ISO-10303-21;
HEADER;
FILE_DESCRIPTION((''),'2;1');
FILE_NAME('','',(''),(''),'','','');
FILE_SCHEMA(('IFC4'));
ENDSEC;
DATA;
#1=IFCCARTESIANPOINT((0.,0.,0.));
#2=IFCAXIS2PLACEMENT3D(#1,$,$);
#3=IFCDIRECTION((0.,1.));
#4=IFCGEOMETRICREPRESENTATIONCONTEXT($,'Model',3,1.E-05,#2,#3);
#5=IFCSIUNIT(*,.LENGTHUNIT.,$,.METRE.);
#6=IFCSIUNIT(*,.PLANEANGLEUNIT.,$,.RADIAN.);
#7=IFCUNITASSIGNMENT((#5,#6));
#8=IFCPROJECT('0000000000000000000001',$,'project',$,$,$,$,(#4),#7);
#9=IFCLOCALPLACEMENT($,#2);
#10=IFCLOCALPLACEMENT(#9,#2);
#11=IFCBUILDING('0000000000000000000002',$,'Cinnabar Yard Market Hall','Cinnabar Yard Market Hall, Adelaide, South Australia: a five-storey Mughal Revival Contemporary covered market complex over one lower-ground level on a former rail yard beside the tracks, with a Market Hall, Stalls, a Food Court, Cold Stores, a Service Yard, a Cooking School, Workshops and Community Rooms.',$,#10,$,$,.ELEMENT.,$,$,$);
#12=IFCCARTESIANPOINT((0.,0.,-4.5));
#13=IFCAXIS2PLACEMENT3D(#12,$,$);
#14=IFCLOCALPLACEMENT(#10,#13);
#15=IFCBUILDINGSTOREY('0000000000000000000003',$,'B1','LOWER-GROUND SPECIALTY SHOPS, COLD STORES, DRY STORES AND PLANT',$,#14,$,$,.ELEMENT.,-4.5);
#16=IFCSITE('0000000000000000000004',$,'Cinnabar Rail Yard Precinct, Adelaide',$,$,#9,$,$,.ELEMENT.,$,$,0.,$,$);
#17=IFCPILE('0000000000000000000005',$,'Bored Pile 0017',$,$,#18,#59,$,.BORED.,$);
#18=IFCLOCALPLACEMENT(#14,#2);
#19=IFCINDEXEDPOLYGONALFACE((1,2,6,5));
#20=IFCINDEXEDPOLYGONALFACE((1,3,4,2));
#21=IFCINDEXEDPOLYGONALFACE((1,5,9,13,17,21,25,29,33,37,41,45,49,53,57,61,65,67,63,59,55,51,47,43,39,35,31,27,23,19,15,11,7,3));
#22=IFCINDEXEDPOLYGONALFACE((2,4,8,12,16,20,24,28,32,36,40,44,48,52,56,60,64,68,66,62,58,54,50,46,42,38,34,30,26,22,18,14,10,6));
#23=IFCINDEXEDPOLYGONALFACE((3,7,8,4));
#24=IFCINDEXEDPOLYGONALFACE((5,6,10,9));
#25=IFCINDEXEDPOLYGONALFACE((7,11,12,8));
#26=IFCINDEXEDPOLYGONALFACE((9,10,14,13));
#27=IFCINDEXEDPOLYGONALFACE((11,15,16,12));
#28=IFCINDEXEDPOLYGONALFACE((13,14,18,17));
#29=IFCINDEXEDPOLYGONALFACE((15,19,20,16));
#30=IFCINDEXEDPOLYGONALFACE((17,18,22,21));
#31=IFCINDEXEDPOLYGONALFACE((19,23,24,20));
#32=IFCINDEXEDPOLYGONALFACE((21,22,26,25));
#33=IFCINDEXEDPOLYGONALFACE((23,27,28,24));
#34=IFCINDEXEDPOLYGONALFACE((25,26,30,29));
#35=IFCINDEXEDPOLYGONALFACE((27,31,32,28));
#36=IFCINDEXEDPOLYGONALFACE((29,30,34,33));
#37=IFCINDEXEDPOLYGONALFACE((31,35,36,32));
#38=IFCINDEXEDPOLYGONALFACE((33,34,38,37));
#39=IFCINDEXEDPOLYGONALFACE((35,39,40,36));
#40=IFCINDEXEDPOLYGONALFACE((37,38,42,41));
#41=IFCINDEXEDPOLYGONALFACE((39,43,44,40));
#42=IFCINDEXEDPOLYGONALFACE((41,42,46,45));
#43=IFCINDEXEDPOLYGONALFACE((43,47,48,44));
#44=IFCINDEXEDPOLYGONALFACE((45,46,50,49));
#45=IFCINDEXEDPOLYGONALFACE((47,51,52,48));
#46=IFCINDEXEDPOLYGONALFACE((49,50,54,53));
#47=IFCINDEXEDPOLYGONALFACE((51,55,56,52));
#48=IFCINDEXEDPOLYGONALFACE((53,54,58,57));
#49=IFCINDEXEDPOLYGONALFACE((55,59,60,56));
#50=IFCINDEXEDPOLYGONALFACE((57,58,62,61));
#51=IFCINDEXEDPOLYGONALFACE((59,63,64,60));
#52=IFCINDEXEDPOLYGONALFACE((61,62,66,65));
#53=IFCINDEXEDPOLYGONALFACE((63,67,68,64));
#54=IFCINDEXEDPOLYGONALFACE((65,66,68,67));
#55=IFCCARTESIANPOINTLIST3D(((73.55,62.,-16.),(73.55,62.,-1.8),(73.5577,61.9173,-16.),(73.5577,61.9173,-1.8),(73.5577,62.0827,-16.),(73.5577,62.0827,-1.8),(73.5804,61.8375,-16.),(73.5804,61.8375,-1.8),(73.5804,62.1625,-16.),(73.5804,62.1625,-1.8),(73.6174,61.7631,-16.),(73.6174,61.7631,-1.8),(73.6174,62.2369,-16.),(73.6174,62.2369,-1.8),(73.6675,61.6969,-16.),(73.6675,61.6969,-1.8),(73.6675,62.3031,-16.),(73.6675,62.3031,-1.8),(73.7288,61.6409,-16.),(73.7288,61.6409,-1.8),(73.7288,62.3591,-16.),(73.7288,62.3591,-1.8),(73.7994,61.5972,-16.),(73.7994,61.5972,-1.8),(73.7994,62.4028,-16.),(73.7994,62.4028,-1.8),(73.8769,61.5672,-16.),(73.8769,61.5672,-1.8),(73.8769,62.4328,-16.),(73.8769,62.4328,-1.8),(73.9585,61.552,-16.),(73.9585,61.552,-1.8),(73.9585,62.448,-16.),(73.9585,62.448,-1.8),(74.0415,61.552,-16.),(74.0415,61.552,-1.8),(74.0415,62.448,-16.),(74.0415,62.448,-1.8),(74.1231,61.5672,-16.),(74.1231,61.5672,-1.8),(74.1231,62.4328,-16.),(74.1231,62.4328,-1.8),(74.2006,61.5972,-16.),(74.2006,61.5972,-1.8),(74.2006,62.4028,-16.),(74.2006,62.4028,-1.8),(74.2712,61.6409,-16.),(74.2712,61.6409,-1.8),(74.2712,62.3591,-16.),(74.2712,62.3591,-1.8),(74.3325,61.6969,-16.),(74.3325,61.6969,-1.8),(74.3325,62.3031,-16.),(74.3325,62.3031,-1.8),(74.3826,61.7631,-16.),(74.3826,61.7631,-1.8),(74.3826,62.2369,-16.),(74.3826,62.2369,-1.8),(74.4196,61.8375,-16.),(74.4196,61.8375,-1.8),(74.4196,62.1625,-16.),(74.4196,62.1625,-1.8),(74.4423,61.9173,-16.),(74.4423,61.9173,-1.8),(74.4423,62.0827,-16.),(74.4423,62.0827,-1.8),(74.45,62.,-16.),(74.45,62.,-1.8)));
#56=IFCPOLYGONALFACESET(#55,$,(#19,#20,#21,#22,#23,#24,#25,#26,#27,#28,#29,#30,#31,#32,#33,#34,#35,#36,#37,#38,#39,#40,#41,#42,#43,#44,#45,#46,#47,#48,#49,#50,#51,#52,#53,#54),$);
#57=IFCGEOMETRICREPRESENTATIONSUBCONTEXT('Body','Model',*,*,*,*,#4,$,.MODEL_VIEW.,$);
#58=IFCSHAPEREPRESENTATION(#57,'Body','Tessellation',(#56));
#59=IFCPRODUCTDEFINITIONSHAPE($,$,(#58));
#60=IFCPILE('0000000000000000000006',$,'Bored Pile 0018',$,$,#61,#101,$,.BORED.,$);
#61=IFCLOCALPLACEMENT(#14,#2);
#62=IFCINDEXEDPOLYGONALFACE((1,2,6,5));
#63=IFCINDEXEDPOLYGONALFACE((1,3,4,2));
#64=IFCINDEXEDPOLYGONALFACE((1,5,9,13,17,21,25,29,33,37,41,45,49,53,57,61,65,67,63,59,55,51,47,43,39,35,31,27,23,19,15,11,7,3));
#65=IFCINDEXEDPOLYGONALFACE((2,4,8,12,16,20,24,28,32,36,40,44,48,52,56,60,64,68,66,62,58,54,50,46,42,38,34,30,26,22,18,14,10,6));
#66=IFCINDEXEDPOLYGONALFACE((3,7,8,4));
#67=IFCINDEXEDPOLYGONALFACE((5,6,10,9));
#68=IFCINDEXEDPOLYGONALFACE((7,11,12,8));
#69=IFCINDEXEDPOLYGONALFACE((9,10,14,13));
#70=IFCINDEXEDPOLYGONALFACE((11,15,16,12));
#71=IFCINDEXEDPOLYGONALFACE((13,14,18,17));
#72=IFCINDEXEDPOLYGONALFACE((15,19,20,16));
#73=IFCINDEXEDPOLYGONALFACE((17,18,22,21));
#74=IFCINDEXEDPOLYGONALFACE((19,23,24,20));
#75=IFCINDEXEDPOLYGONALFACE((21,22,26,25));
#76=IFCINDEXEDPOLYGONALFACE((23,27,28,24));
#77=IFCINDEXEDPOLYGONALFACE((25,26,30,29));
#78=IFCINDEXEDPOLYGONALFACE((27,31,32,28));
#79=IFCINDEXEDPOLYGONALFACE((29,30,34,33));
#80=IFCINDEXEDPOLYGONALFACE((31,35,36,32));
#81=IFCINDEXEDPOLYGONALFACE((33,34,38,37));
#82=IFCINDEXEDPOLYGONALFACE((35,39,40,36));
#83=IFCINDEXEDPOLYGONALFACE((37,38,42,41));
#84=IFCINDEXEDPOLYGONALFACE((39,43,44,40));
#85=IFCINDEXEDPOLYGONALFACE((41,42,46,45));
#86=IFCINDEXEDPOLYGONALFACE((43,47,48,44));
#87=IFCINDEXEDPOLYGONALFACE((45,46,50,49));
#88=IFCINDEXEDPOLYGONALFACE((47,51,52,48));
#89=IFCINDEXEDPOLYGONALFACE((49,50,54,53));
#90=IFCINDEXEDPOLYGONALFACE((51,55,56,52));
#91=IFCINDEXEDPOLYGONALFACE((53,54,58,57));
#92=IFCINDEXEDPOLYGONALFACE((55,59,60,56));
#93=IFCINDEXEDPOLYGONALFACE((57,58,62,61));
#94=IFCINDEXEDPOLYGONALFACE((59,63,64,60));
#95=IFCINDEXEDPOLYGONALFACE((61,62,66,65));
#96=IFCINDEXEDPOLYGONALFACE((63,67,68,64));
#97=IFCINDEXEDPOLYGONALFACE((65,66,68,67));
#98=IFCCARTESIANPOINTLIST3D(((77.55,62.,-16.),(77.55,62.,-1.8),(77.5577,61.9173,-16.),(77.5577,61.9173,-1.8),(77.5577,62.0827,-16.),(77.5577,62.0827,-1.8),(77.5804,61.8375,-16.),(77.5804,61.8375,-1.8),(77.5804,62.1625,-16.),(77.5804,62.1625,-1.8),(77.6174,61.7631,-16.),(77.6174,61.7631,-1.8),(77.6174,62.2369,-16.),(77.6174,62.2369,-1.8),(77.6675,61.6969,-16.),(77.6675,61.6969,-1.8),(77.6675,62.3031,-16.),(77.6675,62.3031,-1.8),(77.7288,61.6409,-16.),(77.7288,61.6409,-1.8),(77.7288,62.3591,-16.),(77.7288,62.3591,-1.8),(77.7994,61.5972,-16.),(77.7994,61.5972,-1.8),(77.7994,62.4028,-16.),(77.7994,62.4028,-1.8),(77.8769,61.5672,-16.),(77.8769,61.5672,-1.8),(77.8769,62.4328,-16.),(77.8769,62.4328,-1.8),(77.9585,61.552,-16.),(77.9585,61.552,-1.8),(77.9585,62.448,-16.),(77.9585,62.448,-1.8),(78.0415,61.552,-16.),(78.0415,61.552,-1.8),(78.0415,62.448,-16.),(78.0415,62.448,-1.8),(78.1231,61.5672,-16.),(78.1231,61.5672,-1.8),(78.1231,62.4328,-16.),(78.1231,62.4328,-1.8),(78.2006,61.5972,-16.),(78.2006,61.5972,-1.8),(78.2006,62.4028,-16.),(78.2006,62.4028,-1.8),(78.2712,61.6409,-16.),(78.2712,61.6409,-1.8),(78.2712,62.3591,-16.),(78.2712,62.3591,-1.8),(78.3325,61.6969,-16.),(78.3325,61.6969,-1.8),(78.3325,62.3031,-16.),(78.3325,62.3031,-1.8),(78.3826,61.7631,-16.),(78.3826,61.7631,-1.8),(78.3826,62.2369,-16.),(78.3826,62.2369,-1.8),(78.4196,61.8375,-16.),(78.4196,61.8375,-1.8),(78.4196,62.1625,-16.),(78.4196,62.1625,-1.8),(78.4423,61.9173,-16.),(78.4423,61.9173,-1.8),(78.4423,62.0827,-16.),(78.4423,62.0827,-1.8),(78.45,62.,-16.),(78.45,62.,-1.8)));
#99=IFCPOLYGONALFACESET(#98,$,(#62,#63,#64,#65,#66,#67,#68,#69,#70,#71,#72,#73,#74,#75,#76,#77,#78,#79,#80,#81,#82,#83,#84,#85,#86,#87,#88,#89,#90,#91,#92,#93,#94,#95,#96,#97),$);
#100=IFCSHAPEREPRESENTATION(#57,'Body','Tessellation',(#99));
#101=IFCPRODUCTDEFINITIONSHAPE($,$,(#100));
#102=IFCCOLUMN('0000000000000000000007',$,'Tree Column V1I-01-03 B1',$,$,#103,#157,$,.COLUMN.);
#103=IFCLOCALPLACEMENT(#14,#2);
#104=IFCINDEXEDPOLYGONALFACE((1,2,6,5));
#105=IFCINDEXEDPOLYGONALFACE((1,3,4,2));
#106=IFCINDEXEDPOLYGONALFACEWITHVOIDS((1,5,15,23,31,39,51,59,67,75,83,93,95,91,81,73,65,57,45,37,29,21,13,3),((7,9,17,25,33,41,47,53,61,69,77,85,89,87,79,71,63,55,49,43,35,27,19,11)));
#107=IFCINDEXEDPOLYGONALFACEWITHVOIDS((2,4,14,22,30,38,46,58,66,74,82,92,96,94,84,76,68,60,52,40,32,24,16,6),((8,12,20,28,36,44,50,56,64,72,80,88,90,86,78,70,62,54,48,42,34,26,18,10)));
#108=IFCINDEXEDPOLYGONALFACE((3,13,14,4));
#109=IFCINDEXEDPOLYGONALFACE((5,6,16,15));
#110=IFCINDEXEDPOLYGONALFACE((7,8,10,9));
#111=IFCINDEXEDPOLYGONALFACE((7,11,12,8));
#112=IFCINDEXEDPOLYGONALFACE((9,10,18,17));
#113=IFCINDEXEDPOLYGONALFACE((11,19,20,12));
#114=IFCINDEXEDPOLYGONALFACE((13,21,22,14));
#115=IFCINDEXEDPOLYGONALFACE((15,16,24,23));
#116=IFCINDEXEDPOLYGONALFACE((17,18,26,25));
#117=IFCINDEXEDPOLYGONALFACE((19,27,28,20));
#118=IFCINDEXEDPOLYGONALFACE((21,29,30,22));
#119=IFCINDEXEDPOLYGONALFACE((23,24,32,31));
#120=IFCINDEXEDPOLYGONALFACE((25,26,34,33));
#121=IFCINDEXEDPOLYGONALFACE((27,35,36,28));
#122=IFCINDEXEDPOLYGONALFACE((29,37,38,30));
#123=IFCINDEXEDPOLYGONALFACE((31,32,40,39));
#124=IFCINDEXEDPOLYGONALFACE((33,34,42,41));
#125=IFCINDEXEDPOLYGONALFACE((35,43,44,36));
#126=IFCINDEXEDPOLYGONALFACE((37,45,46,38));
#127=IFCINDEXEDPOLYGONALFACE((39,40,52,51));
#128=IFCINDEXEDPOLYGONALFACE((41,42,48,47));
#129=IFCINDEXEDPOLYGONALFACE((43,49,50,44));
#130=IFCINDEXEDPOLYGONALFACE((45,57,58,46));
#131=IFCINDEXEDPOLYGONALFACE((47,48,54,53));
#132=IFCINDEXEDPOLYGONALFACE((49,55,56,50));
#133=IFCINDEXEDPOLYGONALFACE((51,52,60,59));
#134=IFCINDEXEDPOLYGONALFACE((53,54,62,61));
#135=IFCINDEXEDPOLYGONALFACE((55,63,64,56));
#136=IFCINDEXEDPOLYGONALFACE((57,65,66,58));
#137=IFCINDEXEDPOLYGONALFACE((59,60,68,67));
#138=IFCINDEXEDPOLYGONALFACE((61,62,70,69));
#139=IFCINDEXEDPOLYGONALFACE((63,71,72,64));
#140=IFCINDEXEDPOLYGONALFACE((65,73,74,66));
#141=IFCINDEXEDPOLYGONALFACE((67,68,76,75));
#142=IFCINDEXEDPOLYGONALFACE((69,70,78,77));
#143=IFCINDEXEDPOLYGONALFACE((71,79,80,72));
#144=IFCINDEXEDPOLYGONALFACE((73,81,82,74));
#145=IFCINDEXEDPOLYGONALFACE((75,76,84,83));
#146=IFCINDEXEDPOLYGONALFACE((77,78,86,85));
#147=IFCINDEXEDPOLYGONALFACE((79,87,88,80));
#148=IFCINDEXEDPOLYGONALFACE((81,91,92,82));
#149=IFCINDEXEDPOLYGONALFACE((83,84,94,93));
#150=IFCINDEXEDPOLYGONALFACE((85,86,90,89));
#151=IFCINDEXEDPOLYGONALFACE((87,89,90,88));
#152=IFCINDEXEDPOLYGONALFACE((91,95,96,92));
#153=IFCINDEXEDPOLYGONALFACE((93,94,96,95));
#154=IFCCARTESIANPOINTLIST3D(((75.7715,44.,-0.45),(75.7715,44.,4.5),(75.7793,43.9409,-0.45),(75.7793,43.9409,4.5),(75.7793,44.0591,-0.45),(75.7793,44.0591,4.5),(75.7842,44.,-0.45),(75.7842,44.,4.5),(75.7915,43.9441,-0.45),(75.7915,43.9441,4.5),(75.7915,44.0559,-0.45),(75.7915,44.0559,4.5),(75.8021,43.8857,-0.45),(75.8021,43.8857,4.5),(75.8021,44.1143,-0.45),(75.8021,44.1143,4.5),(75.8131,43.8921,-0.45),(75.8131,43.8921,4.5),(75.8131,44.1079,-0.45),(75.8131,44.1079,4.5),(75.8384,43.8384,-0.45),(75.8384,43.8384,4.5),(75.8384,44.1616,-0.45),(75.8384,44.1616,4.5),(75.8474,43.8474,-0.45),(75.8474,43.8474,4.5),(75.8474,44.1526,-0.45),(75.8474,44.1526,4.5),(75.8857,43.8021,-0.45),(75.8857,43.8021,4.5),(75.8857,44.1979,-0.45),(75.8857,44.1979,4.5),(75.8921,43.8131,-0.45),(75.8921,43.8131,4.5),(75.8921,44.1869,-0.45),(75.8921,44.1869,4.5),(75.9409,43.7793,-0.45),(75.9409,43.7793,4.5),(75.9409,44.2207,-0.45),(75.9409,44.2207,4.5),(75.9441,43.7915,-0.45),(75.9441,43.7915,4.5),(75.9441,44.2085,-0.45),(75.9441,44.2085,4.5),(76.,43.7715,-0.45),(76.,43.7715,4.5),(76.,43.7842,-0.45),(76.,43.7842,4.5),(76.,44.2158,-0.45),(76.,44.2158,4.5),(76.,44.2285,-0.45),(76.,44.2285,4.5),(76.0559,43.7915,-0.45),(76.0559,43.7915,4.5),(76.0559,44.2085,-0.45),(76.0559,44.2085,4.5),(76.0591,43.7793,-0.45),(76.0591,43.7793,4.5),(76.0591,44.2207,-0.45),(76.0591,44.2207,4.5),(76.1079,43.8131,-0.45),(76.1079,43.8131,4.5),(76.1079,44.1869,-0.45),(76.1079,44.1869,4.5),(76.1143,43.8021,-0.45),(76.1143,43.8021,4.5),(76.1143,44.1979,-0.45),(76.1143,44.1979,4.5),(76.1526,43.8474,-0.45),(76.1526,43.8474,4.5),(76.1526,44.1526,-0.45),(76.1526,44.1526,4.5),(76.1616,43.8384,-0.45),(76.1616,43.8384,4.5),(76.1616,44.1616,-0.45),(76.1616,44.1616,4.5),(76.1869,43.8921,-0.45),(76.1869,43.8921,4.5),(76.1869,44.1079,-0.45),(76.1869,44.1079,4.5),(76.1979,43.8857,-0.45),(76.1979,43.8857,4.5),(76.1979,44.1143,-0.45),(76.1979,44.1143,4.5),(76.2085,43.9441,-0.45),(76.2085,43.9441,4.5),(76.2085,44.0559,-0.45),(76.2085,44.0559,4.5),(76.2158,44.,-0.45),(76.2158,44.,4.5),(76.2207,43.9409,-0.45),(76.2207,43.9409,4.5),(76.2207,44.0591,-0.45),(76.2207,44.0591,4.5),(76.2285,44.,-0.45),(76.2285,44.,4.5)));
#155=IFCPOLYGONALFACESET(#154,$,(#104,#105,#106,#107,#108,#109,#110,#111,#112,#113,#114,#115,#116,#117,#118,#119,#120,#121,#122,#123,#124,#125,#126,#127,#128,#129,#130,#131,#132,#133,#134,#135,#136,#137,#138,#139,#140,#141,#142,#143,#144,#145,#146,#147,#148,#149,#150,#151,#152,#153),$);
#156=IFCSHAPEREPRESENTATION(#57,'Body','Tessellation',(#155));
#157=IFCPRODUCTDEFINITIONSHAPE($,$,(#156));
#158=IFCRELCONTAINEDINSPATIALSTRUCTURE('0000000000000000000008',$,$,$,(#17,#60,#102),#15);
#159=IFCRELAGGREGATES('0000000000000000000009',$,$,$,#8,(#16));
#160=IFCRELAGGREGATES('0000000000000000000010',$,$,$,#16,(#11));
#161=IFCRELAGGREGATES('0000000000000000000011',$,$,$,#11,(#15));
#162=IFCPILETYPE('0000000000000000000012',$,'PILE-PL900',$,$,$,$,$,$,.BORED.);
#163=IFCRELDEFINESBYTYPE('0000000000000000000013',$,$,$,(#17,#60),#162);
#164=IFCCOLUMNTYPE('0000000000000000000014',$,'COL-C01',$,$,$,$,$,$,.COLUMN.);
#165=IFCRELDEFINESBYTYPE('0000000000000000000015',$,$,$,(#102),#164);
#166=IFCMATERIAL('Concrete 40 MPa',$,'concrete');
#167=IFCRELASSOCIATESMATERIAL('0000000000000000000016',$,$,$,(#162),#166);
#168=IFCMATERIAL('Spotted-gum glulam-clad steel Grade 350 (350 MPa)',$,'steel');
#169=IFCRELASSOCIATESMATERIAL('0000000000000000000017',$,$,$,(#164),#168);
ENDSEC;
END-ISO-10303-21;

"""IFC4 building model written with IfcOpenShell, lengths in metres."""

from ifc_helpers import new_model, si_unit, direction, frame, origin, origin_2d_with_axis, place, context, subcontext, project, spatial, circle, hollow_circle, extrude, material, material_profile, profile_set, type_object, element, save


model = new_model("IFC4")

# Units and contexts
model_context = context("Model", 3, precision=1e-05, world=origin(), true_north=direction((0.0, 1.0)))
body_context = subcontext(model_context, "Body", "Model", "MODEL_VIEW")
ifc_project = project(units=[si_unit("LENGTHUNIT", "METRE"), si_unit("PLANEANGLEUNIT", "RADIAN")], contexts=[model_context])

# Site, building, storey
site_placement = place(None, origin())
site = spatial("IfcSite", under=ifc_project, at=site_placement, Name="Cinnabar Rail Yard Precinct, Adelaide", CompositionType="ELEMENT", RefElevation=0.0)
building_placement = place(site_placement, origin())
building = spatial("IfcBuilding", under=site, at=building_placement, Name="Cinnabar Yard Market Hall", Description="Cinnabar Yard Market Hall, Adelaide, South Australia: a five-storey Mughal Revival Contemporary covered market complex over one lower-ground level on a former rail yard beside the tracks, with a Market Hall, Stalls, a Food Court, Cold Stores, a Service Yard, a Cooking School, Workshops and Community Rooms.", CompositionType="ELEMENT")
storey_placement = place(building_placement, frame((0.0, 0.0, -4.5)))
storey = spatial("IfcBuildingStorey", under=building, at=storey_placement, Name="B1", Description="LOWER-GROUND SPECIALTY SHOPS, COLD STORES, DRY STORES AND PLANT", CompositionType="ELEMENT", Elevation=-4.5)

# Shared definitions
ifc_material_1 = material(Name="Concrete 40 MPa", Category="concrete")

# Piles
ifc_material_profile_1 = material_profile(ifc_material_1, circle(Radius=0.45, at=origin_2d_with_axis()), Name="PILE-D900")
ifc_profile_set_1 = profile_set([ifc_material_profile_1], Name="Concrete 40 MPa")
pile_type = type_object("IfcPileType", Name="PILE-PL900", PredefinedType="BORED", material=ifc_profile_set_1)
for number, where, z_axis, x_axis, name in (
    (1, (74.0, 62.0, -1.8), (0.0, 0.0, -1.0), (1.0, 0.0, 0.0), "Bored Pile 0017"),
    (2, (78.0, 62.0, -1.8), (0.0, 0.0, -1.0), (1.0, 0.0, 0.0), "Bored Pile 0018"),
):
    element("IfcPile", number, at=place(storey_placement, frame(where, z_axis=z_axis, x_axis=x_axis)), inside=storey, type_object=pile_type, Name=name, PredefinedType="BORED", context=body_context, shape_type="SweptSolid", body=[
        extrude(circle(Radius=0.45, at=origin_2d_with_axis()), origin(), (0.0, 0.0, 1.0), 14.2),
    ])

# Column
ifc_material_2 = material(Name="Spotted-gum glulam-clad steel Grade 350 (350 MPa)", Category="steel")
ifc_material_profile_2 = material_profile(ifc_material_2, hollow_circle(Radius=0.2285, WallThickness=0.0127, at=origin_2d_with_axis()), Name="457.0x12.7CHS")
ifc_profile_set_2 = profile_set([ifc_material_profile_2], Name="Spotted-gum glulam-clad steel Grade 350 (350 MPa)")
column_type_1 = type_object("IfcColumnType", Name="COL-C01", PredefinedType="COLUMN", material=ifc_profile_set_2)
for number, where, z_axis, x_axis, name in (
    (3, (76.0, 44.0, -0.45), (0.0, 0.0, 1.0), (1.0, 0.0, 0.0), "Tree Column V1I-01-03 B1"),
):
    element("IfcColumn", number, at=place(storey_placement, frame(where, z_axis=z_axis, x_axis=x_axis)), inside=storey, type_object=column_type_1, Name=name, PredefinedType="COLUMN", context=body_context, shape_type="SweptSolid", body=[
        extrude(hollow_circle(Radius=0.2285, WallThickness=0.0127, at=origin_2d_with_axis()), origin(), (0.0, 0.0, 1.0), 4.95),
    ])

save(model, "model.ifc")
